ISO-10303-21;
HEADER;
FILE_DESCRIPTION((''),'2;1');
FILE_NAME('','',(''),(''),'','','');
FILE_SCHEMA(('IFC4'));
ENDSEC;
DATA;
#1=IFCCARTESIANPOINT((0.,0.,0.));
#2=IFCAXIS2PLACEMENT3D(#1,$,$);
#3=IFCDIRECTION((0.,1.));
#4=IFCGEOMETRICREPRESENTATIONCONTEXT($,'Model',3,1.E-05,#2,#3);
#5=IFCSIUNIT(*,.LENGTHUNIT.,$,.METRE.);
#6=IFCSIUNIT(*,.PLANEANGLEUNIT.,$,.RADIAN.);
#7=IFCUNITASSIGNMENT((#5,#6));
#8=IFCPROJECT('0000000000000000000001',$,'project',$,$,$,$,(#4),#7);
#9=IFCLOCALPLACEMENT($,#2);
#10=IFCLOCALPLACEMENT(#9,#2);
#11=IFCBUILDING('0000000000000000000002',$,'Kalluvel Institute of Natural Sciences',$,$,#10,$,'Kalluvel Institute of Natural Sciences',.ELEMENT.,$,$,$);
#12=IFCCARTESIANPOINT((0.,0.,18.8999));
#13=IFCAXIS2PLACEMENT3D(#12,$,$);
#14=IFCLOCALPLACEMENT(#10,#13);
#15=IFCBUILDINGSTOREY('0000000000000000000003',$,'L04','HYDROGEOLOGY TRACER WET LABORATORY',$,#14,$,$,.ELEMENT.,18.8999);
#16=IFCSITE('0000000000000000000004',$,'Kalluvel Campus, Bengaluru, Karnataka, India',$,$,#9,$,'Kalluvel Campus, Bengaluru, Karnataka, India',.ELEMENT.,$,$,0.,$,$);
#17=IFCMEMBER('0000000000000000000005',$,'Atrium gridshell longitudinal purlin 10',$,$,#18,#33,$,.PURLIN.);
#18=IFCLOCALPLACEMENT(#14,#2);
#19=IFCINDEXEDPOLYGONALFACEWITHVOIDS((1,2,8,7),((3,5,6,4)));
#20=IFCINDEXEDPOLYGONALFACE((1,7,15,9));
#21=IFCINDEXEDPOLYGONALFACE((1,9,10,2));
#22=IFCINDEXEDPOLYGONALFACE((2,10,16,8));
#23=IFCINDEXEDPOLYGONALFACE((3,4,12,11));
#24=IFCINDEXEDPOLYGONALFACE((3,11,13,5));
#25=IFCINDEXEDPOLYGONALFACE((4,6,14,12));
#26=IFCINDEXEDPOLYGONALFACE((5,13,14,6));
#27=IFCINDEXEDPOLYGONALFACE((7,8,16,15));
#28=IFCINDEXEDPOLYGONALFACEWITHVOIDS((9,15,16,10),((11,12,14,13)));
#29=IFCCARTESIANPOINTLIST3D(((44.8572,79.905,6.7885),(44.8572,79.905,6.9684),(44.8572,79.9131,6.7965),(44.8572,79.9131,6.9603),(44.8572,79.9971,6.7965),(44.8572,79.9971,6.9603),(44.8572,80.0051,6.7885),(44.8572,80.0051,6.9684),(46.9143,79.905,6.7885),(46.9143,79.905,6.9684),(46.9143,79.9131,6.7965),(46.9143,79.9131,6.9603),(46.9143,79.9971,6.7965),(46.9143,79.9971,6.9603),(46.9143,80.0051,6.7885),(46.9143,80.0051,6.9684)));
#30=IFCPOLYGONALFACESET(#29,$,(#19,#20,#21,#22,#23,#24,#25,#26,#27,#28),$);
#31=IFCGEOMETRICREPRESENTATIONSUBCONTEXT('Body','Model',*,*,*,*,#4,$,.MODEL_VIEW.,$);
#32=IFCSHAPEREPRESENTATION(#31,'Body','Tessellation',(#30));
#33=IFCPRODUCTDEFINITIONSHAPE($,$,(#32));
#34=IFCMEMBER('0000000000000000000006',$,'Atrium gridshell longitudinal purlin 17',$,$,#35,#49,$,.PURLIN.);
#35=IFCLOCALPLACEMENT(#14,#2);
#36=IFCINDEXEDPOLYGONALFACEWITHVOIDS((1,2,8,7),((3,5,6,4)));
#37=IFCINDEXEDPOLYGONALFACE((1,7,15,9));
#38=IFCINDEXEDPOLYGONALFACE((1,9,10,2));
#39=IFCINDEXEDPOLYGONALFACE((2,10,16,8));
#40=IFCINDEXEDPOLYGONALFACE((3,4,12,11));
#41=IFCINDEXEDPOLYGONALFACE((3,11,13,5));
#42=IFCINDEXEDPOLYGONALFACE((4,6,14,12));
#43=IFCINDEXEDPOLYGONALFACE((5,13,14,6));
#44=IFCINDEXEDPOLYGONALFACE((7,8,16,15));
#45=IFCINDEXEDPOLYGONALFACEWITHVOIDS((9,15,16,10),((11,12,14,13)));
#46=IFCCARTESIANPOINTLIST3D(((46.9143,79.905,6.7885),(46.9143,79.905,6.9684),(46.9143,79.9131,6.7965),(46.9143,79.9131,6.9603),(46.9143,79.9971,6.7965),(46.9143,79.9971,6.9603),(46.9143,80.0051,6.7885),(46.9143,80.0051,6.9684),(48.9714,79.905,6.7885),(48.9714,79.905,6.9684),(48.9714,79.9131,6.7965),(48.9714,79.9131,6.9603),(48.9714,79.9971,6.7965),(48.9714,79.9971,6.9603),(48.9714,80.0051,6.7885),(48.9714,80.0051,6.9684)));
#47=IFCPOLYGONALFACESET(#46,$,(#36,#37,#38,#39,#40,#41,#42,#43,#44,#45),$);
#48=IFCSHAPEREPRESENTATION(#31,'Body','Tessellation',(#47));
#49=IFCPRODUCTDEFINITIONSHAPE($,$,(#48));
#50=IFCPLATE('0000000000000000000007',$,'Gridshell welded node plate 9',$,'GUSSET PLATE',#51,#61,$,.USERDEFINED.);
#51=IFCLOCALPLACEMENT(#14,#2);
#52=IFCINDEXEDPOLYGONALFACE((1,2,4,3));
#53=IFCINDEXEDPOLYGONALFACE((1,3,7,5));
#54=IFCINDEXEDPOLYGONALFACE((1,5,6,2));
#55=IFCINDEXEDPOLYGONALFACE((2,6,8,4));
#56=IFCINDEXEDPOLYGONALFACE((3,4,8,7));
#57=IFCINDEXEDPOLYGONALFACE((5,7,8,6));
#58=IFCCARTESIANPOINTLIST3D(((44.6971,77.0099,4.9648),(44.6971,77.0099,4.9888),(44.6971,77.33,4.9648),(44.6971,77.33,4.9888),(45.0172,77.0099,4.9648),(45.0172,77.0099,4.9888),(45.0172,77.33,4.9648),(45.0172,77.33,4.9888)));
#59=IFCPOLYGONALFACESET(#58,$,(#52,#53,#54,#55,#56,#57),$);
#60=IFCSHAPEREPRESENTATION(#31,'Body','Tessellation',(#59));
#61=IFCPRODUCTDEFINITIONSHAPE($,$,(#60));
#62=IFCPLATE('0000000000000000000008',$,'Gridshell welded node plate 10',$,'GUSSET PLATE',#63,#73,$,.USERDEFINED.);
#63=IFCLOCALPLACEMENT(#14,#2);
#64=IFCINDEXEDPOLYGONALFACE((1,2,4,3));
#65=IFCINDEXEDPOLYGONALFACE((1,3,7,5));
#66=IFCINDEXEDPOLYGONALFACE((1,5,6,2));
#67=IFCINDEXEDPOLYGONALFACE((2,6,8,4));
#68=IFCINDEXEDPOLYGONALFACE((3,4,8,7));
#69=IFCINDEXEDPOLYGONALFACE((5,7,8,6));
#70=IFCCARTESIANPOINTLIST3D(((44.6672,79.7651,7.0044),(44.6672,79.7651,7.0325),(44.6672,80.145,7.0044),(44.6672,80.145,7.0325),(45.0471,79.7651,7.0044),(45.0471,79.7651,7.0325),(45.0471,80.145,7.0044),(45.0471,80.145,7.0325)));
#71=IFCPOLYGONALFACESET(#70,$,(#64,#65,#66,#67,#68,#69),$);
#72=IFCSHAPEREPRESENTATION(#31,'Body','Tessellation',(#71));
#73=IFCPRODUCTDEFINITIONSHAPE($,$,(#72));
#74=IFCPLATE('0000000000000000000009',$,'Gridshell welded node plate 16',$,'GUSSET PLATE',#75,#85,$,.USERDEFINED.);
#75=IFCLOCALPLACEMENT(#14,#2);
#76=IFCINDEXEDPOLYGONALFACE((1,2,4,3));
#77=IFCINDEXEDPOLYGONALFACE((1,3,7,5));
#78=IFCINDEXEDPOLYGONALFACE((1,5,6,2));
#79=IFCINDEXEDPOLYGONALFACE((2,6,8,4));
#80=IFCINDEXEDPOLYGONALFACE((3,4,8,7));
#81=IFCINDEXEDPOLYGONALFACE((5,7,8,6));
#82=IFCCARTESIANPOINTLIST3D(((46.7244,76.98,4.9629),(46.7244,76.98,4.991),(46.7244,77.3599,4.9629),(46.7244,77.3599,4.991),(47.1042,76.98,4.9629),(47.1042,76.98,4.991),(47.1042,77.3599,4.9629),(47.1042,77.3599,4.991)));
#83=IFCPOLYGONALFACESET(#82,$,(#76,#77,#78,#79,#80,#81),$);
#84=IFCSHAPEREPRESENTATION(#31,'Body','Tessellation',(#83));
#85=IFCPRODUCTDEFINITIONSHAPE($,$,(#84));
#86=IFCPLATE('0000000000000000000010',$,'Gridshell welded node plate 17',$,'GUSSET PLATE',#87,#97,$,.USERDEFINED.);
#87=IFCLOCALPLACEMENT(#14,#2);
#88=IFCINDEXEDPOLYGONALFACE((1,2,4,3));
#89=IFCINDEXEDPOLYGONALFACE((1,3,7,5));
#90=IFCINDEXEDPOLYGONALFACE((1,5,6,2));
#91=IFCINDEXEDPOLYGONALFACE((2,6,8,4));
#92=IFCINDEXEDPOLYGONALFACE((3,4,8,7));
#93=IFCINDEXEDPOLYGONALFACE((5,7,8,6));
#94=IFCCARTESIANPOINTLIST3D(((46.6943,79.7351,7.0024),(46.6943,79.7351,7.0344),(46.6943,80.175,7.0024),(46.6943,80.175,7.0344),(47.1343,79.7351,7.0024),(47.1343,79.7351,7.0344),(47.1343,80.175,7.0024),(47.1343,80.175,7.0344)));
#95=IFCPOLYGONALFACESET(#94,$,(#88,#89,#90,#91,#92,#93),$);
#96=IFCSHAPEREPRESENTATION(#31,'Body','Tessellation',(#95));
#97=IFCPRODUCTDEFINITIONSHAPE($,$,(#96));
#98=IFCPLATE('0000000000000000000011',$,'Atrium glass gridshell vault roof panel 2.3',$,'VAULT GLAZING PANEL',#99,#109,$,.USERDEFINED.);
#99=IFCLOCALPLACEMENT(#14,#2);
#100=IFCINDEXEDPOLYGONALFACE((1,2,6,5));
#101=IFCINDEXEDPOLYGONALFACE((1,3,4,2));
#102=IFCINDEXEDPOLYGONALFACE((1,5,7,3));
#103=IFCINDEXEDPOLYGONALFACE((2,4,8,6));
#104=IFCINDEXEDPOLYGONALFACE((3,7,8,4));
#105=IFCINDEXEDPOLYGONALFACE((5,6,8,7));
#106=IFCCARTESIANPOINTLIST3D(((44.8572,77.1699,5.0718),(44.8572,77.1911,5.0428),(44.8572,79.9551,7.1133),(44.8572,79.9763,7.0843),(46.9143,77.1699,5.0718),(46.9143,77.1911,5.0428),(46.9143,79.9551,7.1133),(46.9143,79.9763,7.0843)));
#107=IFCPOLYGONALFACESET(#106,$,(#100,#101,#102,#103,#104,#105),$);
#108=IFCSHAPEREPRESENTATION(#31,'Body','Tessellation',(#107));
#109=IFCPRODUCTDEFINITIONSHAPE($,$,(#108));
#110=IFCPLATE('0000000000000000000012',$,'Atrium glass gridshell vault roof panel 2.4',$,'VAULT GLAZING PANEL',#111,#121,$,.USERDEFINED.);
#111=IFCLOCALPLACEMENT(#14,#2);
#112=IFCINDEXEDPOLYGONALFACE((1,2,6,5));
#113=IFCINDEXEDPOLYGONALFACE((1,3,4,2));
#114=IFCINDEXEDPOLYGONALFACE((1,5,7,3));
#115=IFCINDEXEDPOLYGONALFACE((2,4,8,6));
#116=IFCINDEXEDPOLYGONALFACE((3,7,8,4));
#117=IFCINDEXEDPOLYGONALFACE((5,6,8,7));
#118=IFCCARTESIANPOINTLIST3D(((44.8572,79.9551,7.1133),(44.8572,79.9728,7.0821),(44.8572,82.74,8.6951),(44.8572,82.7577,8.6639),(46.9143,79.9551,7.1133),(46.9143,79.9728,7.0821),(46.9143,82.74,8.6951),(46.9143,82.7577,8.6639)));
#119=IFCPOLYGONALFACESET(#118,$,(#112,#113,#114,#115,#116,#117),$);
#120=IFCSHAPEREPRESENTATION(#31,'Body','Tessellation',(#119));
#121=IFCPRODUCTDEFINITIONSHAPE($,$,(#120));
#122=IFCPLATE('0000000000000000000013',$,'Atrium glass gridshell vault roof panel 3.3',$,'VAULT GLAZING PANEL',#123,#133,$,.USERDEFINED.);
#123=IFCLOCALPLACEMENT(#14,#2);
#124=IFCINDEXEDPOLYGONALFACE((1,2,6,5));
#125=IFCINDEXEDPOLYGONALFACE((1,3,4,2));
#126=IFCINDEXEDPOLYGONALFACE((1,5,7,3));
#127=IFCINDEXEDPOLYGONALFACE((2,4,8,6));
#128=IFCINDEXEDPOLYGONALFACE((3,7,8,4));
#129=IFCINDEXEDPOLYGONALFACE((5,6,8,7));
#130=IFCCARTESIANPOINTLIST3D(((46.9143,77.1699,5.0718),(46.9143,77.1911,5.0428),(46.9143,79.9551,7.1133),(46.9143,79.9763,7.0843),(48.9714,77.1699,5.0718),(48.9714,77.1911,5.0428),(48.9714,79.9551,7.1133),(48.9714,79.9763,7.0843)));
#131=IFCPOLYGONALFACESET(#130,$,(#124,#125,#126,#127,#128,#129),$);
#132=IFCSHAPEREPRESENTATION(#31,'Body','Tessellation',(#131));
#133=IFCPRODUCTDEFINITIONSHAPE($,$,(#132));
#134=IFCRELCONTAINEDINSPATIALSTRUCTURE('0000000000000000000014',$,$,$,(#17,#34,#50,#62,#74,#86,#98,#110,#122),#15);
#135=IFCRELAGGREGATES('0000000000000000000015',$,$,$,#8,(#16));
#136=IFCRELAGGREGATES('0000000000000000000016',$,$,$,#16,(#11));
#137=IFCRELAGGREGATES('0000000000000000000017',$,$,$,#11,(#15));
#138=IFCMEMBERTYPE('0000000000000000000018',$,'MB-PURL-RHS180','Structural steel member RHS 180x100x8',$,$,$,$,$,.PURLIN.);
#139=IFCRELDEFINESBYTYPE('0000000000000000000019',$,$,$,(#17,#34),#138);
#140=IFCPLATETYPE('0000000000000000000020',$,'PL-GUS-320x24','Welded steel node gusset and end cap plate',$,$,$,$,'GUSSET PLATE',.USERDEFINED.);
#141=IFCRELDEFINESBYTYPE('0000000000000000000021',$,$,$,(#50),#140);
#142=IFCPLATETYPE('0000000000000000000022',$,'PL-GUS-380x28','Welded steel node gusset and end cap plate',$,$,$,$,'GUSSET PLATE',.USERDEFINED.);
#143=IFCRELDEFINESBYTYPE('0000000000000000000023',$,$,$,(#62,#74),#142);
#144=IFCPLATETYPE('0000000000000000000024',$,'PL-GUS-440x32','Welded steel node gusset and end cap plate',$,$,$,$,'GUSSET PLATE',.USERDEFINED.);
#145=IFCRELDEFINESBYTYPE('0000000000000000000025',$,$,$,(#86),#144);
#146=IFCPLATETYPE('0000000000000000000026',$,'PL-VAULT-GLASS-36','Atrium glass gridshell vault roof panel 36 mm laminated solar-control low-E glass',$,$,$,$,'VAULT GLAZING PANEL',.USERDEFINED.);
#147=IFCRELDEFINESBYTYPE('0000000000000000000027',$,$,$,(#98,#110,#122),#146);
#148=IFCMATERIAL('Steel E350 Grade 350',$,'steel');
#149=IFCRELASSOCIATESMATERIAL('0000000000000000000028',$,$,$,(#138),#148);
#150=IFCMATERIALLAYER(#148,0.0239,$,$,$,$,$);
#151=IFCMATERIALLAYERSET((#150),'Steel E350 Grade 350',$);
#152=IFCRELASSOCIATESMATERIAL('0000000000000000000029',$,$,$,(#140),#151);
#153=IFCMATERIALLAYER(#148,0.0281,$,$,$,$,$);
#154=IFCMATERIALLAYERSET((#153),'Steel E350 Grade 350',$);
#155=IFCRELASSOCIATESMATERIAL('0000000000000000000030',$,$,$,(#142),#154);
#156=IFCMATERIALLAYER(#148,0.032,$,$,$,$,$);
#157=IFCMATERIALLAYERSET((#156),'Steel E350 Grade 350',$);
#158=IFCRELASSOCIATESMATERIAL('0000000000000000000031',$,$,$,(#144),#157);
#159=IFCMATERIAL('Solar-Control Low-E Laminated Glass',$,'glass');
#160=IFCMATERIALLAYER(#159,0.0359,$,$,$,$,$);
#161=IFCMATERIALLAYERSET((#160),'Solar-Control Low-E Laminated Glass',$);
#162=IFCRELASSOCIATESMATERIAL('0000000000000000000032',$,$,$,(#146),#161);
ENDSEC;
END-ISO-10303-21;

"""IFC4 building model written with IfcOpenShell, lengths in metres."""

from ifc_helpers import new_model, si_unit, direction, frame, origin, origin_2d, place, context, subcontext, project, spatial, polyline, rectangle, hollow_rectangle, outline, extrude, material, layer, layer_set, material_profile, profile_set, type_object, element, save


model = new_model("IFC4")

# Units and contexts
model_context = context("Model", 3, precision=1e-05, world=origin(), true_north=direction((0.0, 1.0)))
body_context = subcontext(model_context, "Body", "Model", "MODEL_VIEW")
ifc_project = project(units=[si_unit("LENGTHUNIT", "METRE"), si_unit("PLANEANGLEUNIT", "RADIAN")], contexts=[model_context])

# Site, building, storey
site_placement = place(None, origin())
site = spatial("IfcSite", under=ifc_project, at=site_placement, Name="Kalluvel Campus, Bengaluru, Karnataka, India", LongName="Kalluvel Campus, Bengaluru, Karnataka, India", CompositionType="ELEMENT", RefElevation=0.0)
building_placement = place(site_placement, origin())
building = spatial("IfcBuilding", under=site, at=building_placement, Name="Kalluvel Institute of Natural Sciences", LongName="Kalluvel Institute of Natural Sciences", CompositionType="ELEMENT")
storey_placement = place(building_placement, frame((0.0, 0.0, 18.8999)))
storey = spatial("IfcBuildingStorey", under=building, at=storey_placement, Name="L04", Description="HYDROGEOLOGY TRACER WET LABORATORY", CompositionType="ELEMENT", Elevation=18.8999)

# Members
ifc_material_1 = material(Name="Steel E350 Grade 350", Category="steel")
ifc_material_profile_1 = material_profile(ifc_material_1, hollow_rectangle(XDim=0.1001, YDim=0.1799, WallThickness=0.0081, at=origin_2d()), Name="RHS 180x100x8")
ifc_profile_set_1 = profile_set([ifc_material_profile_1], Name="Steel E350 Grade 350")
member_type_1 = type_object("IfcMemberType", Name="MB-PURL-RHS180", Description="Structural steel member RHS 180x100x8", PredefinedType="PURLIN", material=ifc_profile_set_1)
for number, where, z_axis, x_axis, name in (
    (1, (44.8572, 79.9551, 6.8784), (1.0, 0.0, 0.0), (0.0, 1.0, 0.0), "Atrium gridshell longitudinal purlin 10"),
    (2, (46.9143, 79.9551, 6.8784), (1.0, 0.0, 0.0), (0.0, 1.0, 0.0), "Atrium gridshell longitudinal purlin 17"),
):
    element("IfcMember", number, at=place(storey_placement, frame(where, z_axis=z_axis, x_axis=x_axis)), inside=storey, type_object=member_type_1, Name=name, PredefinedType="PURLIN", context=body_context, shape_type="SweptSolid", body=[
        extrude(hollow_rectangle(XDim=0.1001, YDim=0.1799, WallThickness=0.0081, at=origin_2d()), origin(), (0.0, 0.0, 1.0), 2.0571),
    ])

# Plates
ifc_layer_1 = layer(ifc_material_1, 0.0239)
ifc_layer_set_1 = layer_set([ifc_layer_1], Name="Steel E350 Grade 350")
plate_type_1 = type_object("IfcPlateType", Name="PL-GUS-320x24", Description="Welded steel node gusset and end cap plate", ElementType="GUSSET PLATE", PredefinedType="USERDEFINED", material=ifc_layer_set_1)
plate_1_placement = place(storey_placement, frame((44.8572, 77.1699, 4.9648), z_axis=(0.0, 0.0, 1.0), x_axis=(1.0, 0.0, 0.0)))
element("IfcPlate", 3, at=plate_1_placement, inside=storey, type_object=plate_type_1, Name="Gridshell welded node plate 9", ObjectType="GUSSET PLATE", PredefinedType="USERDEFINED", context=body_context, shape_type="SweptSolid", body=[
    extrude(rectangle(XDim=0.3201, YDim=0.3201, at=origin_2d()), origin(), (0.0, 0.0, 1.0), 0.0239),
])
ifc_layer_2 = layer(ifc_material_1, 0.0281)
ifc_layer_set_2 = layer_set([ifc_layer_2], Name="Steel E350 Grade 350")
plate_type_2 = type_object("IfcPlateType", Name="PL-GUS-380x28", Description="Welded steel node gusset and end cap plate", ElementType="GUSSET PLATE", PredefinedType="USERDEFINED", material=ifc_layer_set_2)
for number, where, z_axis, x_axis, name in (
    (4, (44.8572, 79.9551, 7.0044), (0.0, 0.0, 1.0), (1.0, 0.0, 0.0), "Gridshell welded node plate 10"),
    (5, (46.9143, 77.1699, 4.9629), (0.0, 0.0, 1.0), (1.0, 0.0, 0.0), "Gridshell welded node plate 16"),
):
    element("IfcPlate", number, at=place(storey_placement, frame(where, z_axis=z_axis, x_axis=x_axis)), inside=storey, type_object=plate_type_2, Name=name, ObjectType="GUSSET PLATE", PredefinedType="USERDEFINED", context=body_context, shape_type="SweptSolid", body=[
        extrude(rectangle(XDim=0.3799, YDim=0.3799, at=origin_2d()), origin(), (0.0, 0.0, 1.0), 0.0281),
    ])
ifc_layer_3 = layer(ifc_material_1, 0.032)
ifc_layer_set_3 = layer_set([ifc_layer_3], Name="Steel E350 Grade 350")
plate_type_3 = type_object("IfcPlateType", Name="PL-GUS-440x32", Description="Welded steel node gusset and end cap plate", ElementType="GUSSET PLATE", PredefinedType="USERDEFINED", material=ifc_layer_set_3)
plate_2_placement = place(storey_placement, frame((46.9143, 79.9551, 7.0024), z_axis=(0.0, 0.0, 1.0), x_axis=(1.0, 0.0, 0.0)))
element("IfcPlate", 6, at=plate_2_placement, inside=storey, type_object=plate_type_3, Name="Gridshell welded node plate 17", ObjectType="GUSSET PLATE", PredefinedType="USERDEFINED", context=body_context, shape_type="SweptSolid", body=[
    extrude(rectangle(XDim=0.4399, YDim=0.4399, at=origin_2d()), origin(), (0.0, 0.0, 1.0), 0.032),
])
ifc_material_2 = material(Name="Solar-Control Low-E Laminated Glass", Category="glass")
ifc_layer_4 = layer(ifc_material_2, 0.0359)
ifc_layer_set_4 = layer_set([ifc_layer_4], Name="Solar-Control Low-E Laminated Glass")
plate_type_4 = type_object("IfcPlateType", Name="PL-VAULT-GLASS-36", Description="Atrium glass gridshell vault roof panel 36 mm laminated solar-control low-E glass", ElementType="VAULT GLAZING PANEL", PredefinedType="USERDEFINED", material=ifc_layer_set_4)
plate_3_placement = place(storey_placement, frame((44.8572, 77.1699, 5.0718), z_axis=(0.0, -0.591186, 0.806535), x_axis=(1.0, 0.0, 0.0)))
element("IfcPlate", 7, at=plate_3_placement, inside=storey, type_object=plate_type_4, Name="Atrium glass gridshell vault roof panel 2.3", ObjectType="VAULT GLAZING PANEL", PredefinedType="USERDEFINED", context=body_context, shape_type="SweptSolid", body=[
    extrude(outline(polyline([(0.0, 0.0), (2.0571, 0.0), (2.0571, 3.4532), (0.0, 3.4532), (0.0, 0.0)])), origin(), (0.0, 0.0, -1.0), 0.0359),
])
plate_4_placement = place(storey_placement, frame((44.8572, 79.9551, 7.1133), z_axis=(0.0, -0.49388, 0.86953), x_axis=(1.0, 0.0, 0.0)))
element("IfcPlate", 8, at=plate_4_placement, inside=storey, type_object=plate_type_4, Name="Atrium glass gridshell vault roof panel 2.4", ObjectType="VAULT GLAZING PANEL", PredefinedType="USERDEFINED", context=body_context, shape_type="SweptSolid", body=[
    extrude(outline(polyline([(0.0, 0.0), (2.0571, 0.0), (2.0571, 3.2028), (0.0, 3.2028), (0.0, 0.0)])), origin(), (0.0, 0.0, -1.0), 0.0359),
])
plate_5_placement = place(storey_placement, frame((46.9143, 77.1699, 5.0718), z_axis=(0.0, -0.591186, 0.806535), x_axis=(1.0, 0.0, 0.0)))
element("IfcPlate", 9, at=plate_5_placement, inside=storey, type_object=plate_type_4, Name="Atrium glass gridshell vault roof panel 3.3", ObjectType="VAULT GLAZING PANEL", PredefinedType="USERDEFINED", context=body_context, shape_type="SweptSolid", body=[
    extrude(outline(polyline([(0.0, 0.0), (2.0571, 0.0), (2.0571, 3.4532), (0.0, 3.4532), (0.0, 0.0)])), origin(), (0.0, 0.0, -1.0), 0.0359),
])

save(model, "model.ifc")
